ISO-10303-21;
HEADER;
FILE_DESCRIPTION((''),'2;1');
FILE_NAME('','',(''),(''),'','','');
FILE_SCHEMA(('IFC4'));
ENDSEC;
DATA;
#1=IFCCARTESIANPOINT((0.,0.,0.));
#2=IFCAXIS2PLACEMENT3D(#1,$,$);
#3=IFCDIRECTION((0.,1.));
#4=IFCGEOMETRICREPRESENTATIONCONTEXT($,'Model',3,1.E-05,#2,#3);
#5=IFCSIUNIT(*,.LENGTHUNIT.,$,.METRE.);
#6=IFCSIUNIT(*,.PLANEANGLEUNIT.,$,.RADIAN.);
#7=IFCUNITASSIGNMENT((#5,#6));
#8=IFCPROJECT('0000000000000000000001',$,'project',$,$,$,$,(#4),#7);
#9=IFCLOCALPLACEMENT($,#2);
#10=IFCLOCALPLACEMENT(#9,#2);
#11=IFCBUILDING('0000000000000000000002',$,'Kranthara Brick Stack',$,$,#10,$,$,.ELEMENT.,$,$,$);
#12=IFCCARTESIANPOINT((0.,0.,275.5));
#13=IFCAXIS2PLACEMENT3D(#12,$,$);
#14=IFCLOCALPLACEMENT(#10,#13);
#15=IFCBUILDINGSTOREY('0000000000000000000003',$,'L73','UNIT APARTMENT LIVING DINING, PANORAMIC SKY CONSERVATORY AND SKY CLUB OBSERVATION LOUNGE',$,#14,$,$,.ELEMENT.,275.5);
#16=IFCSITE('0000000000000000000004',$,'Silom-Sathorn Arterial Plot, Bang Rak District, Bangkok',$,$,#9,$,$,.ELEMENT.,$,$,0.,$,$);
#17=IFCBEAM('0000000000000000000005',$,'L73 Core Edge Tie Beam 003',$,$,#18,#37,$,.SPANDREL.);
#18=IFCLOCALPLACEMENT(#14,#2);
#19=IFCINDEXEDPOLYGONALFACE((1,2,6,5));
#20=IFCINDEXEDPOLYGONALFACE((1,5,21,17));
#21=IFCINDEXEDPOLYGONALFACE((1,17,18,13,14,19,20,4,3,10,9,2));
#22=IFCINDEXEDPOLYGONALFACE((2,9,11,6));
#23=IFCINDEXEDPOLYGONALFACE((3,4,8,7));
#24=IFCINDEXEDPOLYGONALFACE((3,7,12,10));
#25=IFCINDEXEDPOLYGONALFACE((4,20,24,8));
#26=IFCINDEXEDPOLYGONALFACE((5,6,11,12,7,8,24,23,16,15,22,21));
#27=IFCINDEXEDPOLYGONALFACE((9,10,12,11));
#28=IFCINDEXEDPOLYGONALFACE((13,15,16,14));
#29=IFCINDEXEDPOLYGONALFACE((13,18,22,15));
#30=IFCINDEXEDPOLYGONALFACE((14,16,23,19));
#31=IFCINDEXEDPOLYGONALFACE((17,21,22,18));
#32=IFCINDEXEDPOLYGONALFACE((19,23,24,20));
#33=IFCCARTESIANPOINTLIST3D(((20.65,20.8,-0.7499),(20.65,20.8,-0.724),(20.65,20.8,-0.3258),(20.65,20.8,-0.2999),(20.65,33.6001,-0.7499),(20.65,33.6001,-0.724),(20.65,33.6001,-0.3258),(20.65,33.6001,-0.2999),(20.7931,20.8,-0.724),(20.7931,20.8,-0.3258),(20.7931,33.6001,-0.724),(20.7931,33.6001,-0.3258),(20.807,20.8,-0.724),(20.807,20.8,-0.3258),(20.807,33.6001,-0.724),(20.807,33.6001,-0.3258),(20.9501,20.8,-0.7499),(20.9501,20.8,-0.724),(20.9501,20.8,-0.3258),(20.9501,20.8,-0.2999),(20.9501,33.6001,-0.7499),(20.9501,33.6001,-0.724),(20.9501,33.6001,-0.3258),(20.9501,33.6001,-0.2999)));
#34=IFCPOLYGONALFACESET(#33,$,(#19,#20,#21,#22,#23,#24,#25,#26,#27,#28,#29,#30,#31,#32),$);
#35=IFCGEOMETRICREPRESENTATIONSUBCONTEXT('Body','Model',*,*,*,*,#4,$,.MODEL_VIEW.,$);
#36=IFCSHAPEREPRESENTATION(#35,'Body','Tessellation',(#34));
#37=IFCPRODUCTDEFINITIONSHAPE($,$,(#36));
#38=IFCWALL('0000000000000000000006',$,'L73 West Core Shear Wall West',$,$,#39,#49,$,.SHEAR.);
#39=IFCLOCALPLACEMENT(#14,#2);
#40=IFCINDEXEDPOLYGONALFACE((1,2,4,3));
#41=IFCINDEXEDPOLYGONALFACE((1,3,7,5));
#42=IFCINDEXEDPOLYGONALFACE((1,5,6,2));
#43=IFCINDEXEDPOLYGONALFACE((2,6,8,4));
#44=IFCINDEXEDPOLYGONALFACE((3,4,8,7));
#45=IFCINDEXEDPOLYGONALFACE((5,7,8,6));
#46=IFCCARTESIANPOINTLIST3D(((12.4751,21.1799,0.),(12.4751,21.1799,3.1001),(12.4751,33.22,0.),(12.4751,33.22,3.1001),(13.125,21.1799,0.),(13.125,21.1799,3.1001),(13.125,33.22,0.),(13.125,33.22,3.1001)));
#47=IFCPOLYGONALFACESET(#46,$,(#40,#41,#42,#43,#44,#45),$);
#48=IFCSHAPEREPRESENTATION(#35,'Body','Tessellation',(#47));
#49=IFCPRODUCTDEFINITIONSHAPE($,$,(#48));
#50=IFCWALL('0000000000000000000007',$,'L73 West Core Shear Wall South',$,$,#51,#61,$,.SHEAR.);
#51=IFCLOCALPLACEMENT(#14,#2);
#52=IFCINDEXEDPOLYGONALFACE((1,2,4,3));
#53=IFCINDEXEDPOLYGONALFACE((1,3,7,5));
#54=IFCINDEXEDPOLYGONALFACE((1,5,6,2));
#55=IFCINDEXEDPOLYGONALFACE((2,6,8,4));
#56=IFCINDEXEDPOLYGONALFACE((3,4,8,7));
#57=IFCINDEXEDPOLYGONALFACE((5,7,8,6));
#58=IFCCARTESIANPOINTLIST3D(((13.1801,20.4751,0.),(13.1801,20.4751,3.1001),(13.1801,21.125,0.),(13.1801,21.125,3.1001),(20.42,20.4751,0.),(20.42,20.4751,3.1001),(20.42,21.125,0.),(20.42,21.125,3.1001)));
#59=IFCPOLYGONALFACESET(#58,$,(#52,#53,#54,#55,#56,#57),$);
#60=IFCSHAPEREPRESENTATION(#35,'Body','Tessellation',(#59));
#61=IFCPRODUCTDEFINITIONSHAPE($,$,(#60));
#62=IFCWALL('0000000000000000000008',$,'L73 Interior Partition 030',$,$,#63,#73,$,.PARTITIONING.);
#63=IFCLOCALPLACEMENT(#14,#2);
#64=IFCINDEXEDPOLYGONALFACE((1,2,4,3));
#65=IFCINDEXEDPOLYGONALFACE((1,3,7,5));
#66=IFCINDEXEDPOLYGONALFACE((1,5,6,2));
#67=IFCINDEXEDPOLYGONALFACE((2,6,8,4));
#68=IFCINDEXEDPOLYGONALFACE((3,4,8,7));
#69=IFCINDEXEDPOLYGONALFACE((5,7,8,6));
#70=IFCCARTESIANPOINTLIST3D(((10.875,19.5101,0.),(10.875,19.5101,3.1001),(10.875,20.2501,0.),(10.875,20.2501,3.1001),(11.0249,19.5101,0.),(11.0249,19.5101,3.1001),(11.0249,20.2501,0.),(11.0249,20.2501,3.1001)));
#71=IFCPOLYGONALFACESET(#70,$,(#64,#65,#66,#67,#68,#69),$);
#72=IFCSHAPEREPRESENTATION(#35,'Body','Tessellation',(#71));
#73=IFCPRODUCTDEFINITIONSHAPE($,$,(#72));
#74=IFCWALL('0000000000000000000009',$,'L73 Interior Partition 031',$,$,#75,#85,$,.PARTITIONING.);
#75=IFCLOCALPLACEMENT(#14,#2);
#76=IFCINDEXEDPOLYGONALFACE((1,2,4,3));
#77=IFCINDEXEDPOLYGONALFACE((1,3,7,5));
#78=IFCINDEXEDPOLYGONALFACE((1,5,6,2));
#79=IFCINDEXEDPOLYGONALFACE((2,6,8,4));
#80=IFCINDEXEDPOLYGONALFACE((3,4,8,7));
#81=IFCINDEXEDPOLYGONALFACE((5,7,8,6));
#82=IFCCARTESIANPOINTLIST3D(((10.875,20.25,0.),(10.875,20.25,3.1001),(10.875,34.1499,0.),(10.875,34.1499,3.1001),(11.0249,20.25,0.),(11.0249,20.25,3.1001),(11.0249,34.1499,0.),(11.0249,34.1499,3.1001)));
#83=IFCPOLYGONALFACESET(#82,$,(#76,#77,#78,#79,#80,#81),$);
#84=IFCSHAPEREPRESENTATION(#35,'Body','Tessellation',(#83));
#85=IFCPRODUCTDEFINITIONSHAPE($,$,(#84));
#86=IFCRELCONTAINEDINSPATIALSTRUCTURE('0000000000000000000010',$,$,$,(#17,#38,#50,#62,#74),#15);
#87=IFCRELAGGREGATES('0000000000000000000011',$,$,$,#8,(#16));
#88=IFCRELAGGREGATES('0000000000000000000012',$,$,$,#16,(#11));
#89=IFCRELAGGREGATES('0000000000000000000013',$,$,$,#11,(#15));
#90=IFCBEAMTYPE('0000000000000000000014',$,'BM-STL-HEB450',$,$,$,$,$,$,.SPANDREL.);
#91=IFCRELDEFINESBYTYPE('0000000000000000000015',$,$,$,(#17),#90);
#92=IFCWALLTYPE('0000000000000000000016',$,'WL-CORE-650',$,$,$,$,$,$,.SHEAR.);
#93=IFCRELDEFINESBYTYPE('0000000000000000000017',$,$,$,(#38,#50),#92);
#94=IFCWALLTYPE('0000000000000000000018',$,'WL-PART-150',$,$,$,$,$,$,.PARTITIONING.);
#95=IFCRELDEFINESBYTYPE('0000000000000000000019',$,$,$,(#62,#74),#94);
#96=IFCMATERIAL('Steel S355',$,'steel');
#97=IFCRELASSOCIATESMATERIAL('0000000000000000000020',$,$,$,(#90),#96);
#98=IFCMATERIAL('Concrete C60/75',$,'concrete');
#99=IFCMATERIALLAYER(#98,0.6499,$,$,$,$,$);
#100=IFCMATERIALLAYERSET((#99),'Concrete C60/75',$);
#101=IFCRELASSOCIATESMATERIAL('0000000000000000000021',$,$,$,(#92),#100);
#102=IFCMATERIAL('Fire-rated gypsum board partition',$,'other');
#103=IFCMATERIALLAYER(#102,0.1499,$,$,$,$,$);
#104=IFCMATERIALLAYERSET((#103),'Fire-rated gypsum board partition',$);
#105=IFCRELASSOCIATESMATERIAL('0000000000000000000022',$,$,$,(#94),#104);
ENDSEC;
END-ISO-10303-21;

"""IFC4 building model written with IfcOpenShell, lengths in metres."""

from ifc_helpers import new_model, si_unit, direction, frame, frame_2d, origin, origin_2d, place, context, subcontext, project, spatial, rectangle, i_section, extrude, material, layer, layer_set, material_profile, profile_set, type_object, element, save


model = new_model("IFC4")

# Units and contexts
model_context = context("Model", 3, precision=1e-05, world=origin(), true_north=direction((0.0, 1.0)))
body_context = subcontext(model_context, "Body", "Model", "MODEL_VIEW")
ifc_project = project(units=[si_unit("LENGTHUNIT", "METRE"), si_unit("PLANEANGLEUNIT", "RADIAN")], contexts=[model_context])

# Site, building, storey
site_placement = place(None, origin())
site = spatial("IfcSite", under=ifc_project, at=site_placement, Name="Silom-Sathorn Arterial Plot, Bang Rak District, Bangkok", CompositionType="ELEMENT", RefElevation=0.0)
building_placement = place(site_placement, origin())
building = spatial("IfcBuilding", under=site, at=building_placement, Name="Kranthara Brick Stack", CompositionType="ELEMENT")
storey_placement = place(building_placement, frame((0.0, 0.0, 275.5)))
storey = spatial("IfcBuildingStorey", under=building, at=storey_placement, Name="L73", Description="UNIT APARTMENT LIVING DINING, PANORAMIC SKY CONSERVATORY AND SKY CLUB OBSERVATION LOUNGE", CompositionType="ELEMENT", Elevation=275.5)

# Beam
ifc_material_1 = material(Name="Steel S355", Category="steel")
ifc_material_profile_1 = material_profile(ifc_material_1, i_section(OverallWidth=0.3, OverallDepth=0.45, WebThickness=0.0139, FlangeThickness=0.0259, at=origin_2d()), Name="HEB 450")
ifc_profile_set_1 = profile_set([ifc_material_profile_1], Name="Steel S355")
beam_type_1 = type_object("IfcBeamType", Name="BM-STL-HEB450", PredefinedType="SPANDREL", material=ifc_profile_set_1)
beam_1_placement = place(storey_placement, frame((20.8, 20.8, -0.5249), z_axis=(0.0, 1.0, 0.0), x_axis=(-1.0, 0.0, 0.0)))
element("IfcBeam", 1, at=beam_1_placement, inside=storey, type_object=beam_type_1, Name="L73 Core Edge Tie Beam 003", PredefinedType="SPANDREL", context=body_context, shape_type="SweptSolid", body=[
    extrude(i_section(OverallWidth=0.3, OverallDepth=0.45, WebThickness=0.0139, FlangeThickness=0.0259, at=origin_2d()), origin(), (0.0, 0.0, 1.0), 12.8),
])

# Walls
ifc_material_2 = material(Name="Concrete C60/75", Category="concrete")
ifc_layer_1 = layer(ifc_material_2, 0.6499)
ifc_layer_set_1 = layer_set([ifc_layer_1], Name="Concrete C60/75")
wall_type_1 = type_object("IfcWallType", Name="WL-CORE-650", PredefinedType="SHEAR", material=ifc_layer_set_1)
wall_1_placement = place(storey_placement, frame((12.8, 21.1799, 0.0), z_axis=(0.0, 0.0, 1.0), x_axis=(0.0, 1.0, 0.0)))
element("IfcWall", 2, at=wall_1_placement, inside=storey, type_object=wall_type_1, Name="L73 West Core Shear Wall West", PredefinedType="SHEAR", context=body_context, shape_type="SweptSolid", body=[
    extrude(rectangle(XDim=12.04, YDim=0.6499, at=frame_2d((6.02, 0.0))), origin(), (0.0, 0.0, 1.0), 3.1001),
])
wall_2_placement = place(storey_placement, frame((13.1799, 20.8, 0.0), z_axis=(0.0, 0.0, 1.0), x_axis=(1.0, 0.0, 0.0)))
element("IfcWall", 3, at=wall_2_placement, inside=storey, type_object=wall_type_1, Name="L73 West Core Shear Wall South", PredefinedType="SHEAR", context=body_context, shape_type="SweptSolid", body=[
    extrude(rectangle(XDim=7.24, YDim=0.6499, at=frame_2d((3.6201, 0.0))), origin(), (0.0, 0.0, 1.0), 3.1001),
])
ifc_material_3 = material(Name="Fire-rated gypsum board partition", Category="other")
ifc_layer_2 = layer(ifc_material_3, 0.1499)
ifc_layer_set_2 = layer_set([ifc_layer_2], Name="Fire-rated gypsum board partition")
wall_type_2 = type_object("IfcWallType", Name="WL-PART-150", PredefinedType="PARTITIONING", material=ifc_layer_set_2)
wall_3_placement = place(storey_placement, frame((10.95, 19.51, 0.0), z_axis=(0.0, 0.0, 1.0), x_axis=(0.0, 1.0, 0.0)))
element("IfcWall", 4, at=wall_3_placement, inside=storey, type_object=wall_type_2, Name="L73 Interior Partition 030", PredefinedType="PARTITIONING", context=body_context, shape_type="SweptSolid", body=[
    extrude(rectangle(XDim=0.74, YDim=0.1499, at=frame_2d((0.3701, 0.0))), origin(), (0.0, 0.0, 1.0), 3.1001),
])
wall_4_placement = place(storey_placement, frame((10.95, 20.25, 0.0), z_axis=(0.0, 0.0, 1.0), x_axis=(0.0, 1.0, 0.0)))
element("IfcWall", 5, at=wall_4_placement, inside=storey, type_object=wall_type_2, Name="L73 Interior Partition 031", PredefinedType="PARTITIONING", context=body_context, shape_type="SweptSolid", body=[
    extrude(rectangle(XDim=13.8999, YDim=0.1499, at=frame_2d((6.95, 0.0))), origin(), (0.0, 0.0, 1.0), 3.1001),
])

save(model, "model.ifc")
